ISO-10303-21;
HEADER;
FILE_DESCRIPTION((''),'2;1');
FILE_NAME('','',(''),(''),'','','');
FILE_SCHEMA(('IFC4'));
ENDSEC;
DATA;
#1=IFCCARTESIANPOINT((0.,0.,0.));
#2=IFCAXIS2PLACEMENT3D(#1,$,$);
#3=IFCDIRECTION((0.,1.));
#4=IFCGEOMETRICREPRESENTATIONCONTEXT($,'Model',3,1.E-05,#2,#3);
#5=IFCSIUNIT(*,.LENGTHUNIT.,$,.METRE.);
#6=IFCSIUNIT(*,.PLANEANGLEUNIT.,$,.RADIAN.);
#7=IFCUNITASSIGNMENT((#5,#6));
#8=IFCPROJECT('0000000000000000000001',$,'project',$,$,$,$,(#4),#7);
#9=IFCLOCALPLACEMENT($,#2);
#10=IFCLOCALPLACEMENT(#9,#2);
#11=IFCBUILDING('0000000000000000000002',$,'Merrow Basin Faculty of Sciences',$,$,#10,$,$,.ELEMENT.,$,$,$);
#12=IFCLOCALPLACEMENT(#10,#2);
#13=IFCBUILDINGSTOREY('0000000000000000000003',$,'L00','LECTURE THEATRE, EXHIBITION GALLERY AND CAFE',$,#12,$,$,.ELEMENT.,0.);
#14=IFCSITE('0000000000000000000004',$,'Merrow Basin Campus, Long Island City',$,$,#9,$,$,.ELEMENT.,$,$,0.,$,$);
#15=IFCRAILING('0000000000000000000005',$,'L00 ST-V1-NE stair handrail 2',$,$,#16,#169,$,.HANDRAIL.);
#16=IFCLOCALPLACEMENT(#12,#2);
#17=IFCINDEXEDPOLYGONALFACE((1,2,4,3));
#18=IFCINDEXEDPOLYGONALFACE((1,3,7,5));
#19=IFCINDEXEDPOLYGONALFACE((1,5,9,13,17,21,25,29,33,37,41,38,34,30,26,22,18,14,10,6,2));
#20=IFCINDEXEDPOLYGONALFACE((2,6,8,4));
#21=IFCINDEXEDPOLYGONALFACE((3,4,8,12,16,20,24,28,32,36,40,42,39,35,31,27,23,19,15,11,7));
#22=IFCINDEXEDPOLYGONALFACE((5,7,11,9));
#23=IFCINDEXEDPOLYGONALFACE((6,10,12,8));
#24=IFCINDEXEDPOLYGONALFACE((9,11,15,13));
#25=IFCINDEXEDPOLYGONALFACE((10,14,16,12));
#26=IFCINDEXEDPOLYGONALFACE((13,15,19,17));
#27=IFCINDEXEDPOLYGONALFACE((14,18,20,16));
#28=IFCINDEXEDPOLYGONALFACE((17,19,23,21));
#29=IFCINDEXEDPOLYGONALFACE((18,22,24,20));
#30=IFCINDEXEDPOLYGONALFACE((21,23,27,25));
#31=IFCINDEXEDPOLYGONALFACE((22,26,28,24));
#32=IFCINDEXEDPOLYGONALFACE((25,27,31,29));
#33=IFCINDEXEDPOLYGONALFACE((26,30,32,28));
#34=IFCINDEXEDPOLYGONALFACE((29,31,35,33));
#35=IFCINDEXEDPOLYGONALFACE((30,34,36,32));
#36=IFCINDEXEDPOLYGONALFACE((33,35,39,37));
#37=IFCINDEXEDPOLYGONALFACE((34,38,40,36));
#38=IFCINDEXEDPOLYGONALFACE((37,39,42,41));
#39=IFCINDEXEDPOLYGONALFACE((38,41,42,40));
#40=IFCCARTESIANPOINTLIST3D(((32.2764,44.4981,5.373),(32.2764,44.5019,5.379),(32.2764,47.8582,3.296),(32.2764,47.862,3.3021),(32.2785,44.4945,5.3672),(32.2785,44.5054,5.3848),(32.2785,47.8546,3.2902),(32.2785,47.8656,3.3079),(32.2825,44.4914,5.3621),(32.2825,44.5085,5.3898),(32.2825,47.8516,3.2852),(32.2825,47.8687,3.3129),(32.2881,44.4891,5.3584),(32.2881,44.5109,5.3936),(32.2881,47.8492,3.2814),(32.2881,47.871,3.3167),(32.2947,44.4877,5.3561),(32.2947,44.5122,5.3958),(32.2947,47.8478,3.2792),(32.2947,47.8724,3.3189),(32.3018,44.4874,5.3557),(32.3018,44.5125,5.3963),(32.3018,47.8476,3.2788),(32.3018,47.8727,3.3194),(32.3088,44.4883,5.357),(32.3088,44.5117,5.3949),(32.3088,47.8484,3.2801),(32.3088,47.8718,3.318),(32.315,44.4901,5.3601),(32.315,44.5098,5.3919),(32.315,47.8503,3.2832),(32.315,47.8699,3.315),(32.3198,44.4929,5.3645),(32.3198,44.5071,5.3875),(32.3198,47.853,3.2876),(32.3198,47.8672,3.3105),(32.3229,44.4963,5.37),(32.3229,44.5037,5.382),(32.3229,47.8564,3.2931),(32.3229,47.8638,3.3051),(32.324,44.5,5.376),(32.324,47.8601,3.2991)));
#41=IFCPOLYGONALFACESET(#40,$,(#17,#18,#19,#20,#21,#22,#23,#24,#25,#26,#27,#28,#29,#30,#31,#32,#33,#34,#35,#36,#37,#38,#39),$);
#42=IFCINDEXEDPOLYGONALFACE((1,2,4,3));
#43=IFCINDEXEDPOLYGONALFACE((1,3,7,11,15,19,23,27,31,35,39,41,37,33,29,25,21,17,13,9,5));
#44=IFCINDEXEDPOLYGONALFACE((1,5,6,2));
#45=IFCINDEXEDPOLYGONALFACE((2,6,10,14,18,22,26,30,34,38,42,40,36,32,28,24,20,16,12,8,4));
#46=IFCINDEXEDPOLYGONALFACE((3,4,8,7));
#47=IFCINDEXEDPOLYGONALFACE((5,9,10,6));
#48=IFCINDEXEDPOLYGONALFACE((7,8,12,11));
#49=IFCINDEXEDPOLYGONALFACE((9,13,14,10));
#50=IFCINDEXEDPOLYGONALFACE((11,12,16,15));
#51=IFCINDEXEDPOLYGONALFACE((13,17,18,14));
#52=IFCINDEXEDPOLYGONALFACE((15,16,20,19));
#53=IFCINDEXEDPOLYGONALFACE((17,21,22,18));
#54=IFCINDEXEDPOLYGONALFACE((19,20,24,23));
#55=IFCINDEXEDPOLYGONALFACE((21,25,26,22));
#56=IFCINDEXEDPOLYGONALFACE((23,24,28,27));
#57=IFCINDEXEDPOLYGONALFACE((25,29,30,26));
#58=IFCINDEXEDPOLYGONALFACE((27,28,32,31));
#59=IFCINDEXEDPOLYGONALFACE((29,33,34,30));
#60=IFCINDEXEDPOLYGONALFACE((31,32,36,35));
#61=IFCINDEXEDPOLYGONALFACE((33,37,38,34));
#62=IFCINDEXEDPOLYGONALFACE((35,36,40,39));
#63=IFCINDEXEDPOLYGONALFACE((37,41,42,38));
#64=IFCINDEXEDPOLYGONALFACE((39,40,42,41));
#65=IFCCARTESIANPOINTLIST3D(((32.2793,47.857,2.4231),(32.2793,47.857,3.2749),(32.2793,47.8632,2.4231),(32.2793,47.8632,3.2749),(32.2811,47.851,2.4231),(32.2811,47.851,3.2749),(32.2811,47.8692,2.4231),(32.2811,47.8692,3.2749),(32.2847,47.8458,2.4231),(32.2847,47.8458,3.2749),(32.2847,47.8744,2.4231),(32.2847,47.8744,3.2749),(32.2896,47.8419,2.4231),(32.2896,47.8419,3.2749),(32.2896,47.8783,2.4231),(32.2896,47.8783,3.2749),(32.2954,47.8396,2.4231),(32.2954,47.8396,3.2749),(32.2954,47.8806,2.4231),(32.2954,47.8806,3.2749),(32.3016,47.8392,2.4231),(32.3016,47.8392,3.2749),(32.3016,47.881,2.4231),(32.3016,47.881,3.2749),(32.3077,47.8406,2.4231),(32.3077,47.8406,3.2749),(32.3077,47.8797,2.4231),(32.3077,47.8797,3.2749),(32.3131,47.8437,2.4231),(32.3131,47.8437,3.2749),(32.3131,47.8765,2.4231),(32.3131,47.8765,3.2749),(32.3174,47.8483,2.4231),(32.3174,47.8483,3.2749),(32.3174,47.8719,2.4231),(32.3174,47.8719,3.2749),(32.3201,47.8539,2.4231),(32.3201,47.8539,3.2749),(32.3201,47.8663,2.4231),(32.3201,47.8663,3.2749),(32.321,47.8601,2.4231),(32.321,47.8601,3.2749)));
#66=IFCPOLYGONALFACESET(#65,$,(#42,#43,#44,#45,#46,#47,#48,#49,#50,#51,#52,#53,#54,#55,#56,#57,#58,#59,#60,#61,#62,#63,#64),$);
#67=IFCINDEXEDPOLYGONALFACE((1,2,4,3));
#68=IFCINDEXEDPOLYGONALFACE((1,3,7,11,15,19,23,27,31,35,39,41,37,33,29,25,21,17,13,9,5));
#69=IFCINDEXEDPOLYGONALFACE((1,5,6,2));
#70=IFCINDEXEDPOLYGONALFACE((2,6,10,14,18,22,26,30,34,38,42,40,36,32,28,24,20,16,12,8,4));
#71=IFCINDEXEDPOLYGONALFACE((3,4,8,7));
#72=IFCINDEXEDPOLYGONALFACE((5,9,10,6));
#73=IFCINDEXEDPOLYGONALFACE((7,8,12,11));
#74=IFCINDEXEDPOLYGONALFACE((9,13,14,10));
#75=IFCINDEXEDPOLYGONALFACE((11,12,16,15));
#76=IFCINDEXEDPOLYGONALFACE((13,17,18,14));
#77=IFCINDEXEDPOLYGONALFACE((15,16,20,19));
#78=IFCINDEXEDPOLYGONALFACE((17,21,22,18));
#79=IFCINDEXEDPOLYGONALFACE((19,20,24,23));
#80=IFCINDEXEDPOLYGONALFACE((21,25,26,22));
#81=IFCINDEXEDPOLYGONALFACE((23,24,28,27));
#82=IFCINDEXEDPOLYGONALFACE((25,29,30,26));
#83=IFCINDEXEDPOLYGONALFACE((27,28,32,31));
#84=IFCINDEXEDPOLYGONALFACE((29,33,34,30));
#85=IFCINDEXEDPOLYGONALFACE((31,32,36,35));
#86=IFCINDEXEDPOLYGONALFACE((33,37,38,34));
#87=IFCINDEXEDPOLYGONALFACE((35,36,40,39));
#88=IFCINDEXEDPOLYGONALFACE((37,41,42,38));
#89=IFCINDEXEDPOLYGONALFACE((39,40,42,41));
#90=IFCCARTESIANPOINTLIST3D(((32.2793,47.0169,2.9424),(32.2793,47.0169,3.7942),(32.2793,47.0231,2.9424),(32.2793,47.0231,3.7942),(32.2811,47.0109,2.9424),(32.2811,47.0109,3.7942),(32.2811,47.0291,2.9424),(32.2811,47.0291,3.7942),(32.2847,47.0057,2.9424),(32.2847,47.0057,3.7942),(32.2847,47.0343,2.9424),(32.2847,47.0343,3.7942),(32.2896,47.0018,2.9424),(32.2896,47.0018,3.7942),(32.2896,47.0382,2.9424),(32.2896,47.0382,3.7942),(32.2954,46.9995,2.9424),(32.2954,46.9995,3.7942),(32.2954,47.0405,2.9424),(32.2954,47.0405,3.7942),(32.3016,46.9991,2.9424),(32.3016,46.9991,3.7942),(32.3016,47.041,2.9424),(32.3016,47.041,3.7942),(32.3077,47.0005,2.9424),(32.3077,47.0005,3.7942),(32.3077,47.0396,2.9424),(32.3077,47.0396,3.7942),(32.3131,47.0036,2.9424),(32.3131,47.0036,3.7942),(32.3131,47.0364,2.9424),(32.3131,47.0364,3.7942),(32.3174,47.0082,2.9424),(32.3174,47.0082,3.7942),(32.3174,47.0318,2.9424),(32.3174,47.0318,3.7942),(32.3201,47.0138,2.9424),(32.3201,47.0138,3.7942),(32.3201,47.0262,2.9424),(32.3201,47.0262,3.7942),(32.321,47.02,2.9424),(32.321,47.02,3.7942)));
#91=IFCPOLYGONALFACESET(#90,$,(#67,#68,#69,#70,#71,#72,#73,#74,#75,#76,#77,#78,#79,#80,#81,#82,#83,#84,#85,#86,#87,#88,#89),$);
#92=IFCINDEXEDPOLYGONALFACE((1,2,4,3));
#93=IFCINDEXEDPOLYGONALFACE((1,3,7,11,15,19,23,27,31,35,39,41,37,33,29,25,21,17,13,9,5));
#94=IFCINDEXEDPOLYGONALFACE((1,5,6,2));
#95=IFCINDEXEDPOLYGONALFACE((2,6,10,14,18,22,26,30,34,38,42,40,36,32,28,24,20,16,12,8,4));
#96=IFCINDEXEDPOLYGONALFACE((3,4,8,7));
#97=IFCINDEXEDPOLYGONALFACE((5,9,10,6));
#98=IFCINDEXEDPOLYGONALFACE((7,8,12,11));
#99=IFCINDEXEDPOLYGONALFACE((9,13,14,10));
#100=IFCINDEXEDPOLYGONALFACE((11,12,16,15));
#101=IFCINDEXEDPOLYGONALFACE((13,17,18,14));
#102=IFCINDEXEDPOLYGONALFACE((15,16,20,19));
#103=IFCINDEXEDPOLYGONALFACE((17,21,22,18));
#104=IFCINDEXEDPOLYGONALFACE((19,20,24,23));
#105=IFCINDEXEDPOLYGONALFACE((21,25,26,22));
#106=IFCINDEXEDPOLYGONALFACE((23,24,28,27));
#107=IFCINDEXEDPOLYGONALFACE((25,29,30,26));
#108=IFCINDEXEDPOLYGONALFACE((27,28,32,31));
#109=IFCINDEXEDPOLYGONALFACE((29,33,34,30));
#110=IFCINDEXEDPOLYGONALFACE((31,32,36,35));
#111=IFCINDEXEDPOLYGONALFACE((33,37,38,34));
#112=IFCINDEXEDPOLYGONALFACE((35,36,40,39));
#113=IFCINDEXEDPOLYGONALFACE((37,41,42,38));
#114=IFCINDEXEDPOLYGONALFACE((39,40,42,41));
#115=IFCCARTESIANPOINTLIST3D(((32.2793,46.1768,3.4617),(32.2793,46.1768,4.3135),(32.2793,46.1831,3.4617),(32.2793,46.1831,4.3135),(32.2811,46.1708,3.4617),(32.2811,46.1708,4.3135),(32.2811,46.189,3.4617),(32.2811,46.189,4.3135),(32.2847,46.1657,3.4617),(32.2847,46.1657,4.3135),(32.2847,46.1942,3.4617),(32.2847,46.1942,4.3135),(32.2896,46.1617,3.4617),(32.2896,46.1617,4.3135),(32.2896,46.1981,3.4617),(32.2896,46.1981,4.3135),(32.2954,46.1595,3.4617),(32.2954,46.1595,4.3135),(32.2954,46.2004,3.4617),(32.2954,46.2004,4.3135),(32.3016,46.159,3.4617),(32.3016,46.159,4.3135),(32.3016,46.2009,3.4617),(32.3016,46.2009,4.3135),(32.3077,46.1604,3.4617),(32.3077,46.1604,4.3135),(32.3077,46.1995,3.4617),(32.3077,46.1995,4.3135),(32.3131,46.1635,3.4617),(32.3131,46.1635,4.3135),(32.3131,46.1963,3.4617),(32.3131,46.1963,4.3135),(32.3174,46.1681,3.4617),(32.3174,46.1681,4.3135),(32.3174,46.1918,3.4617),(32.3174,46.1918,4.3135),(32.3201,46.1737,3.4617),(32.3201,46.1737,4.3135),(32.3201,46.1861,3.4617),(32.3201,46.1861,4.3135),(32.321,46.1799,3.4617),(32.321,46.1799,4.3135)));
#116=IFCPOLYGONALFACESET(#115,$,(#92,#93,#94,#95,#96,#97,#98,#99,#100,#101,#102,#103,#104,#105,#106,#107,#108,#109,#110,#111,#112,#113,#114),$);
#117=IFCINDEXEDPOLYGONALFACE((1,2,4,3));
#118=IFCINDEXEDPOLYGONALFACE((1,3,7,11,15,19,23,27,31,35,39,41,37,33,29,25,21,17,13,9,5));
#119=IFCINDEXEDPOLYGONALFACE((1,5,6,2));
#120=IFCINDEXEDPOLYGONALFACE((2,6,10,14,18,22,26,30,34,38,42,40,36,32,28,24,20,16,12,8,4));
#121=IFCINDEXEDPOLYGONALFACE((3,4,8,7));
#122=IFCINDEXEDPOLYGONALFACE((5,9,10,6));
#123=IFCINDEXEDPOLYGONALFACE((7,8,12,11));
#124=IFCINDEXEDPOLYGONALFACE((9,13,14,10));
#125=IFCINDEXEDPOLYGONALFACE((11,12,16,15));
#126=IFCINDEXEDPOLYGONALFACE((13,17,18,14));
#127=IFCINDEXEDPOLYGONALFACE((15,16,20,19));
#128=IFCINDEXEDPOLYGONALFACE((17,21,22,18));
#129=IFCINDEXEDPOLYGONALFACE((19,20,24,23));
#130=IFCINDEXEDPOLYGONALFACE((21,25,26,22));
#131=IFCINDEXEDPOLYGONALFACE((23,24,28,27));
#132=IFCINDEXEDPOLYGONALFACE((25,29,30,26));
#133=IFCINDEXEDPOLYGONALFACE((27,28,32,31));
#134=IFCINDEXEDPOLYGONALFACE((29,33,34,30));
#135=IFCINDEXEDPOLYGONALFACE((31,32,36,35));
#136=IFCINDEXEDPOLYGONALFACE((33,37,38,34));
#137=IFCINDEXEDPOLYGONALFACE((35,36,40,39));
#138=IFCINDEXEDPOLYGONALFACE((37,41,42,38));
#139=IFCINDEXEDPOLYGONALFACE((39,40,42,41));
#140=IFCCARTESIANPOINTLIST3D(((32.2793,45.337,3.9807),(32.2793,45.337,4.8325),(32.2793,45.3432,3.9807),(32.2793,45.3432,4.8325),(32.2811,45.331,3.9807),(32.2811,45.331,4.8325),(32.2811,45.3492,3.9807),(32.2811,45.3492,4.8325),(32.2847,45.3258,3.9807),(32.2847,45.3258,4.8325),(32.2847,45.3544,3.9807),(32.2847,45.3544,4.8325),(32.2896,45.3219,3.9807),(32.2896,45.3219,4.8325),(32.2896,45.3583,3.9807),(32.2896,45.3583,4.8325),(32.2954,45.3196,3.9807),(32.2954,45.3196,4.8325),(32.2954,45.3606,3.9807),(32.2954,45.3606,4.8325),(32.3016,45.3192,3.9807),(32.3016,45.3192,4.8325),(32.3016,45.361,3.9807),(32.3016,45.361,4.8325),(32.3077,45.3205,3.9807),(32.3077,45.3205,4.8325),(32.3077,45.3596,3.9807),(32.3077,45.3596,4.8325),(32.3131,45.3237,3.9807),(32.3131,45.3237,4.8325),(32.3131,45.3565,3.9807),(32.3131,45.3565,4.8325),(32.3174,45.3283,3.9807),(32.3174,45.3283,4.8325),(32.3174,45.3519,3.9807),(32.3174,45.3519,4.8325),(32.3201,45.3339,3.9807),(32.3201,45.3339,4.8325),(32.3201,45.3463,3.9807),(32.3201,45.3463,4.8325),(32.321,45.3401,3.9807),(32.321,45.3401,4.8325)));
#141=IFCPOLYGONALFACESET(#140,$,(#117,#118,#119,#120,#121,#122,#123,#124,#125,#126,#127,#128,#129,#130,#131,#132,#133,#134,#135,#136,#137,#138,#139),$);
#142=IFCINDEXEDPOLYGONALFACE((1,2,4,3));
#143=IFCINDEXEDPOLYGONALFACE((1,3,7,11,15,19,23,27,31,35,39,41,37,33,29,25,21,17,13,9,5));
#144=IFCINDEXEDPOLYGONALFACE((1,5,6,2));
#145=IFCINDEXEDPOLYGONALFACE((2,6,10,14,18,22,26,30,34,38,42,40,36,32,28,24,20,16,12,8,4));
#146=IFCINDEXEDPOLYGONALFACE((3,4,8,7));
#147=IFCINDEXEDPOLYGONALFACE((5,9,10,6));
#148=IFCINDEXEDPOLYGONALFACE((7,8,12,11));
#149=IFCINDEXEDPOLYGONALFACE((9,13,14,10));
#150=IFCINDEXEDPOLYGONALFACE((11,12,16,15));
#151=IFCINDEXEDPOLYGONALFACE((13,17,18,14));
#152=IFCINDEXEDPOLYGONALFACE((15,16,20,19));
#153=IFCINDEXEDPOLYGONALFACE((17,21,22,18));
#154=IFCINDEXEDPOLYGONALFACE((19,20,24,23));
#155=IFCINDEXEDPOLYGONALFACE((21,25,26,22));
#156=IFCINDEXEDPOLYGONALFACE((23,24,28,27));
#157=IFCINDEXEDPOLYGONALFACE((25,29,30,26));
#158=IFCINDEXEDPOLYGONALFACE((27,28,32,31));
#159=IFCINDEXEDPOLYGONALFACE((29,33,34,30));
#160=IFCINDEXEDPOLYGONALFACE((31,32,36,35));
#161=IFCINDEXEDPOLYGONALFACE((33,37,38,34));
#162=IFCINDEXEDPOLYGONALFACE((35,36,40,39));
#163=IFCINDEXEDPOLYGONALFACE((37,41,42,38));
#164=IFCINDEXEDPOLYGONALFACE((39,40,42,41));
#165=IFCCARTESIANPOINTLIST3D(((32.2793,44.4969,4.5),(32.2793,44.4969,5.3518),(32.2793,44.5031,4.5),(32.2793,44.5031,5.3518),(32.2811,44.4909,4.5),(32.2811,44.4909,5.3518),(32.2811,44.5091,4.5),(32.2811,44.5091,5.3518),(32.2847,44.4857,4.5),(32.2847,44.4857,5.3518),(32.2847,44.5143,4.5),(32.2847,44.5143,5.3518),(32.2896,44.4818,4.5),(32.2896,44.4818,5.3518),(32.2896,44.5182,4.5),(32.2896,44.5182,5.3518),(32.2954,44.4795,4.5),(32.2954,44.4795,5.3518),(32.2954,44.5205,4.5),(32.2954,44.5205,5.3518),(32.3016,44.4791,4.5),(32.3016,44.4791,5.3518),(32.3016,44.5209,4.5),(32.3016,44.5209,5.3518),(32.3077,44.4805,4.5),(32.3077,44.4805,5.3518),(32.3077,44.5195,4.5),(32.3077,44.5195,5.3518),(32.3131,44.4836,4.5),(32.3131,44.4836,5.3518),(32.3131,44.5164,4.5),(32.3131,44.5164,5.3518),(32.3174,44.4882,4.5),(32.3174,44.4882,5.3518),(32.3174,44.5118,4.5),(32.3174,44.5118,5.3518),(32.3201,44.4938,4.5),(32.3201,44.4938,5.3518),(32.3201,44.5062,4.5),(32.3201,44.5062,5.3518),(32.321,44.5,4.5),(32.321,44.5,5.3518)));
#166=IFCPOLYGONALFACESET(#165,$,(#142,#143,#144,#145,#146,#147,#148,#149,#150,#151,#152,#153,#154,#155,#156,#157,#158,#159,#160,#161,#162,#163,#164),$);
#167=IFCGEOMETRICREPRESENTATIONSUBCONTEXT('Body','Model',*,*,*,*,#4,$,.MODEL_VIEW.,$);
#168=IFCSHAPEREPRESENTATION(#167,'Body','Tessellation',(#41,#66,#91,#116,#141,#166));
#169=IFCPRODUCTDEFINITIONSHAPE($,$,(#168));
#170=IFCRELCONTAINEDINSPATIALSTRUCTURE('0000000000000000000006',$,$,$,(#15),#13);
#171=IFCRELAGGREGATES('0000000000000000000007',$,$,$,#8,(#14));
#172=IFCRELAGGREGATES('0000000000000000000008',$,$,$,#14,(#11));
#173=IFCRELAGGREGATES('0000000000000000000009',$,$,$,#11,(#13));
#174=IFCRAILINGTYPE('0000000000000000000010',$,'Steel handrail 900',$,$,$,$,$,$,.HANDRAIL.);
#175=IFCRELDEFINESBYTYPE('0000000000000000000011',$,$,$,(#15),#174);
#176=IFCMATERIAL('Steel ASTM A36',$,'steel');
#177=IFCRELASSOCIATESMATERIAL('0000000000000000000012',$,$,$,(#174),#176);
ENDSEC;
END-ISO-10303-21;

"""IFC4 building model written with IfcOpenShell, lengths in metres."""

from ifc_helpers import new_model, si_unit, direction, frame, origin, origin_2d, place, context, subcontext, project, spatial, circle, extrude, material, type_object, element, save


model = new_model("IFC4")

# Units and contexts
model_context = context("Model", 3, precision=1e-05, world=origin(), true_north=direction((0.0, 1.0)))
body_context = subcontext(model_context, "Body", "Model", "MODEL_VIEW")
ifc_project = project(units=[si_unit("LENGTHUNIT", "METRE"), si_unit("PLANEANGLEUNIT", "RADIAN")], contexts=[model_context])

# Site, building, storey
site_placement = place(None, origin())
site = spatial("IfcSite", under=ifc_project, at=site_placement, Name="Merrow Basin Campus, Long Island City", CompositionType="ELEMENT", RefElevation=0.0)
building_placement = place(site_placement, origin())
building = spatial("IfcBuilding", under=site, at=building_placement, Name="Merrow Basin Faculty of Sciences", CompositionType="ELEMENT")
storey_placement = place(building_placement, origin())
storey = spatial("IfcBuildingStorey", under=building, at=storey_placement, Name="L00", Description="LECTURE THEATRE, EXHIBITION GALLERY AND CAFE", CompositionType="ELEMENT", Elevation=0.0)

# Railing
ifc_material_1 = material(Name="Steel ASTM A36", Category="steel")
railing_type_1 = type_object("IfcRailingType", Name="Steel handrail 900", PredefinedType="HANDRAIL", material=ifc_material_1)
railing_1_placement = place(storey_placement, frame((32.3, 47.8601, 2.4231)))
element("IfcRailing", 1, at=railing_1_placement, inside=storey, type_object=railing_type_1, Name="L00 ST-V1-NE stair handrail 2", PredefinedType="HANDRAIL", context=body_context, shape_type="SweptSolid", body=[
    extrude(circle(Radius=0.0239, at=origin_2d()), frame((0.0, 0.0, 0.876), z_axis=(0.0, -0.850623, 0.525776), x_axis=(1.0, 0.0, 0.0)), (0.0, 0.0, 1.0), 3.9502),
    extrude(circle(Radius=0.021, at=origin_2d()), origin(), (0.0, 0.0, 1.0), 0.8518),
    extrude(circle(Radius=0.021, at=origin_2d()), frame((0.0, -0.8401, 0.5193)), (0.0, 0.0, 1.0), 0.8518),
    extrude(circle(Radius=0.021, at=origin_2d()), frame((0.0, -1.6802, 1.0386)), (0.0, 0.0, 1.0), 0.8518),
    extrude(circle(Radius=0.021, at=origin_2d()), frame((0.0, -2.52, 1.5576)), (0.0, 0.0, 1.0), 0.8518),
    extrude(circle(Radius=0.021, at=origin_2d()), frame((0.0, -3.3601, 2.0769)), (0.0, 0.0, 1.0), 0.8518),
])

save(model, "model.ifc")
